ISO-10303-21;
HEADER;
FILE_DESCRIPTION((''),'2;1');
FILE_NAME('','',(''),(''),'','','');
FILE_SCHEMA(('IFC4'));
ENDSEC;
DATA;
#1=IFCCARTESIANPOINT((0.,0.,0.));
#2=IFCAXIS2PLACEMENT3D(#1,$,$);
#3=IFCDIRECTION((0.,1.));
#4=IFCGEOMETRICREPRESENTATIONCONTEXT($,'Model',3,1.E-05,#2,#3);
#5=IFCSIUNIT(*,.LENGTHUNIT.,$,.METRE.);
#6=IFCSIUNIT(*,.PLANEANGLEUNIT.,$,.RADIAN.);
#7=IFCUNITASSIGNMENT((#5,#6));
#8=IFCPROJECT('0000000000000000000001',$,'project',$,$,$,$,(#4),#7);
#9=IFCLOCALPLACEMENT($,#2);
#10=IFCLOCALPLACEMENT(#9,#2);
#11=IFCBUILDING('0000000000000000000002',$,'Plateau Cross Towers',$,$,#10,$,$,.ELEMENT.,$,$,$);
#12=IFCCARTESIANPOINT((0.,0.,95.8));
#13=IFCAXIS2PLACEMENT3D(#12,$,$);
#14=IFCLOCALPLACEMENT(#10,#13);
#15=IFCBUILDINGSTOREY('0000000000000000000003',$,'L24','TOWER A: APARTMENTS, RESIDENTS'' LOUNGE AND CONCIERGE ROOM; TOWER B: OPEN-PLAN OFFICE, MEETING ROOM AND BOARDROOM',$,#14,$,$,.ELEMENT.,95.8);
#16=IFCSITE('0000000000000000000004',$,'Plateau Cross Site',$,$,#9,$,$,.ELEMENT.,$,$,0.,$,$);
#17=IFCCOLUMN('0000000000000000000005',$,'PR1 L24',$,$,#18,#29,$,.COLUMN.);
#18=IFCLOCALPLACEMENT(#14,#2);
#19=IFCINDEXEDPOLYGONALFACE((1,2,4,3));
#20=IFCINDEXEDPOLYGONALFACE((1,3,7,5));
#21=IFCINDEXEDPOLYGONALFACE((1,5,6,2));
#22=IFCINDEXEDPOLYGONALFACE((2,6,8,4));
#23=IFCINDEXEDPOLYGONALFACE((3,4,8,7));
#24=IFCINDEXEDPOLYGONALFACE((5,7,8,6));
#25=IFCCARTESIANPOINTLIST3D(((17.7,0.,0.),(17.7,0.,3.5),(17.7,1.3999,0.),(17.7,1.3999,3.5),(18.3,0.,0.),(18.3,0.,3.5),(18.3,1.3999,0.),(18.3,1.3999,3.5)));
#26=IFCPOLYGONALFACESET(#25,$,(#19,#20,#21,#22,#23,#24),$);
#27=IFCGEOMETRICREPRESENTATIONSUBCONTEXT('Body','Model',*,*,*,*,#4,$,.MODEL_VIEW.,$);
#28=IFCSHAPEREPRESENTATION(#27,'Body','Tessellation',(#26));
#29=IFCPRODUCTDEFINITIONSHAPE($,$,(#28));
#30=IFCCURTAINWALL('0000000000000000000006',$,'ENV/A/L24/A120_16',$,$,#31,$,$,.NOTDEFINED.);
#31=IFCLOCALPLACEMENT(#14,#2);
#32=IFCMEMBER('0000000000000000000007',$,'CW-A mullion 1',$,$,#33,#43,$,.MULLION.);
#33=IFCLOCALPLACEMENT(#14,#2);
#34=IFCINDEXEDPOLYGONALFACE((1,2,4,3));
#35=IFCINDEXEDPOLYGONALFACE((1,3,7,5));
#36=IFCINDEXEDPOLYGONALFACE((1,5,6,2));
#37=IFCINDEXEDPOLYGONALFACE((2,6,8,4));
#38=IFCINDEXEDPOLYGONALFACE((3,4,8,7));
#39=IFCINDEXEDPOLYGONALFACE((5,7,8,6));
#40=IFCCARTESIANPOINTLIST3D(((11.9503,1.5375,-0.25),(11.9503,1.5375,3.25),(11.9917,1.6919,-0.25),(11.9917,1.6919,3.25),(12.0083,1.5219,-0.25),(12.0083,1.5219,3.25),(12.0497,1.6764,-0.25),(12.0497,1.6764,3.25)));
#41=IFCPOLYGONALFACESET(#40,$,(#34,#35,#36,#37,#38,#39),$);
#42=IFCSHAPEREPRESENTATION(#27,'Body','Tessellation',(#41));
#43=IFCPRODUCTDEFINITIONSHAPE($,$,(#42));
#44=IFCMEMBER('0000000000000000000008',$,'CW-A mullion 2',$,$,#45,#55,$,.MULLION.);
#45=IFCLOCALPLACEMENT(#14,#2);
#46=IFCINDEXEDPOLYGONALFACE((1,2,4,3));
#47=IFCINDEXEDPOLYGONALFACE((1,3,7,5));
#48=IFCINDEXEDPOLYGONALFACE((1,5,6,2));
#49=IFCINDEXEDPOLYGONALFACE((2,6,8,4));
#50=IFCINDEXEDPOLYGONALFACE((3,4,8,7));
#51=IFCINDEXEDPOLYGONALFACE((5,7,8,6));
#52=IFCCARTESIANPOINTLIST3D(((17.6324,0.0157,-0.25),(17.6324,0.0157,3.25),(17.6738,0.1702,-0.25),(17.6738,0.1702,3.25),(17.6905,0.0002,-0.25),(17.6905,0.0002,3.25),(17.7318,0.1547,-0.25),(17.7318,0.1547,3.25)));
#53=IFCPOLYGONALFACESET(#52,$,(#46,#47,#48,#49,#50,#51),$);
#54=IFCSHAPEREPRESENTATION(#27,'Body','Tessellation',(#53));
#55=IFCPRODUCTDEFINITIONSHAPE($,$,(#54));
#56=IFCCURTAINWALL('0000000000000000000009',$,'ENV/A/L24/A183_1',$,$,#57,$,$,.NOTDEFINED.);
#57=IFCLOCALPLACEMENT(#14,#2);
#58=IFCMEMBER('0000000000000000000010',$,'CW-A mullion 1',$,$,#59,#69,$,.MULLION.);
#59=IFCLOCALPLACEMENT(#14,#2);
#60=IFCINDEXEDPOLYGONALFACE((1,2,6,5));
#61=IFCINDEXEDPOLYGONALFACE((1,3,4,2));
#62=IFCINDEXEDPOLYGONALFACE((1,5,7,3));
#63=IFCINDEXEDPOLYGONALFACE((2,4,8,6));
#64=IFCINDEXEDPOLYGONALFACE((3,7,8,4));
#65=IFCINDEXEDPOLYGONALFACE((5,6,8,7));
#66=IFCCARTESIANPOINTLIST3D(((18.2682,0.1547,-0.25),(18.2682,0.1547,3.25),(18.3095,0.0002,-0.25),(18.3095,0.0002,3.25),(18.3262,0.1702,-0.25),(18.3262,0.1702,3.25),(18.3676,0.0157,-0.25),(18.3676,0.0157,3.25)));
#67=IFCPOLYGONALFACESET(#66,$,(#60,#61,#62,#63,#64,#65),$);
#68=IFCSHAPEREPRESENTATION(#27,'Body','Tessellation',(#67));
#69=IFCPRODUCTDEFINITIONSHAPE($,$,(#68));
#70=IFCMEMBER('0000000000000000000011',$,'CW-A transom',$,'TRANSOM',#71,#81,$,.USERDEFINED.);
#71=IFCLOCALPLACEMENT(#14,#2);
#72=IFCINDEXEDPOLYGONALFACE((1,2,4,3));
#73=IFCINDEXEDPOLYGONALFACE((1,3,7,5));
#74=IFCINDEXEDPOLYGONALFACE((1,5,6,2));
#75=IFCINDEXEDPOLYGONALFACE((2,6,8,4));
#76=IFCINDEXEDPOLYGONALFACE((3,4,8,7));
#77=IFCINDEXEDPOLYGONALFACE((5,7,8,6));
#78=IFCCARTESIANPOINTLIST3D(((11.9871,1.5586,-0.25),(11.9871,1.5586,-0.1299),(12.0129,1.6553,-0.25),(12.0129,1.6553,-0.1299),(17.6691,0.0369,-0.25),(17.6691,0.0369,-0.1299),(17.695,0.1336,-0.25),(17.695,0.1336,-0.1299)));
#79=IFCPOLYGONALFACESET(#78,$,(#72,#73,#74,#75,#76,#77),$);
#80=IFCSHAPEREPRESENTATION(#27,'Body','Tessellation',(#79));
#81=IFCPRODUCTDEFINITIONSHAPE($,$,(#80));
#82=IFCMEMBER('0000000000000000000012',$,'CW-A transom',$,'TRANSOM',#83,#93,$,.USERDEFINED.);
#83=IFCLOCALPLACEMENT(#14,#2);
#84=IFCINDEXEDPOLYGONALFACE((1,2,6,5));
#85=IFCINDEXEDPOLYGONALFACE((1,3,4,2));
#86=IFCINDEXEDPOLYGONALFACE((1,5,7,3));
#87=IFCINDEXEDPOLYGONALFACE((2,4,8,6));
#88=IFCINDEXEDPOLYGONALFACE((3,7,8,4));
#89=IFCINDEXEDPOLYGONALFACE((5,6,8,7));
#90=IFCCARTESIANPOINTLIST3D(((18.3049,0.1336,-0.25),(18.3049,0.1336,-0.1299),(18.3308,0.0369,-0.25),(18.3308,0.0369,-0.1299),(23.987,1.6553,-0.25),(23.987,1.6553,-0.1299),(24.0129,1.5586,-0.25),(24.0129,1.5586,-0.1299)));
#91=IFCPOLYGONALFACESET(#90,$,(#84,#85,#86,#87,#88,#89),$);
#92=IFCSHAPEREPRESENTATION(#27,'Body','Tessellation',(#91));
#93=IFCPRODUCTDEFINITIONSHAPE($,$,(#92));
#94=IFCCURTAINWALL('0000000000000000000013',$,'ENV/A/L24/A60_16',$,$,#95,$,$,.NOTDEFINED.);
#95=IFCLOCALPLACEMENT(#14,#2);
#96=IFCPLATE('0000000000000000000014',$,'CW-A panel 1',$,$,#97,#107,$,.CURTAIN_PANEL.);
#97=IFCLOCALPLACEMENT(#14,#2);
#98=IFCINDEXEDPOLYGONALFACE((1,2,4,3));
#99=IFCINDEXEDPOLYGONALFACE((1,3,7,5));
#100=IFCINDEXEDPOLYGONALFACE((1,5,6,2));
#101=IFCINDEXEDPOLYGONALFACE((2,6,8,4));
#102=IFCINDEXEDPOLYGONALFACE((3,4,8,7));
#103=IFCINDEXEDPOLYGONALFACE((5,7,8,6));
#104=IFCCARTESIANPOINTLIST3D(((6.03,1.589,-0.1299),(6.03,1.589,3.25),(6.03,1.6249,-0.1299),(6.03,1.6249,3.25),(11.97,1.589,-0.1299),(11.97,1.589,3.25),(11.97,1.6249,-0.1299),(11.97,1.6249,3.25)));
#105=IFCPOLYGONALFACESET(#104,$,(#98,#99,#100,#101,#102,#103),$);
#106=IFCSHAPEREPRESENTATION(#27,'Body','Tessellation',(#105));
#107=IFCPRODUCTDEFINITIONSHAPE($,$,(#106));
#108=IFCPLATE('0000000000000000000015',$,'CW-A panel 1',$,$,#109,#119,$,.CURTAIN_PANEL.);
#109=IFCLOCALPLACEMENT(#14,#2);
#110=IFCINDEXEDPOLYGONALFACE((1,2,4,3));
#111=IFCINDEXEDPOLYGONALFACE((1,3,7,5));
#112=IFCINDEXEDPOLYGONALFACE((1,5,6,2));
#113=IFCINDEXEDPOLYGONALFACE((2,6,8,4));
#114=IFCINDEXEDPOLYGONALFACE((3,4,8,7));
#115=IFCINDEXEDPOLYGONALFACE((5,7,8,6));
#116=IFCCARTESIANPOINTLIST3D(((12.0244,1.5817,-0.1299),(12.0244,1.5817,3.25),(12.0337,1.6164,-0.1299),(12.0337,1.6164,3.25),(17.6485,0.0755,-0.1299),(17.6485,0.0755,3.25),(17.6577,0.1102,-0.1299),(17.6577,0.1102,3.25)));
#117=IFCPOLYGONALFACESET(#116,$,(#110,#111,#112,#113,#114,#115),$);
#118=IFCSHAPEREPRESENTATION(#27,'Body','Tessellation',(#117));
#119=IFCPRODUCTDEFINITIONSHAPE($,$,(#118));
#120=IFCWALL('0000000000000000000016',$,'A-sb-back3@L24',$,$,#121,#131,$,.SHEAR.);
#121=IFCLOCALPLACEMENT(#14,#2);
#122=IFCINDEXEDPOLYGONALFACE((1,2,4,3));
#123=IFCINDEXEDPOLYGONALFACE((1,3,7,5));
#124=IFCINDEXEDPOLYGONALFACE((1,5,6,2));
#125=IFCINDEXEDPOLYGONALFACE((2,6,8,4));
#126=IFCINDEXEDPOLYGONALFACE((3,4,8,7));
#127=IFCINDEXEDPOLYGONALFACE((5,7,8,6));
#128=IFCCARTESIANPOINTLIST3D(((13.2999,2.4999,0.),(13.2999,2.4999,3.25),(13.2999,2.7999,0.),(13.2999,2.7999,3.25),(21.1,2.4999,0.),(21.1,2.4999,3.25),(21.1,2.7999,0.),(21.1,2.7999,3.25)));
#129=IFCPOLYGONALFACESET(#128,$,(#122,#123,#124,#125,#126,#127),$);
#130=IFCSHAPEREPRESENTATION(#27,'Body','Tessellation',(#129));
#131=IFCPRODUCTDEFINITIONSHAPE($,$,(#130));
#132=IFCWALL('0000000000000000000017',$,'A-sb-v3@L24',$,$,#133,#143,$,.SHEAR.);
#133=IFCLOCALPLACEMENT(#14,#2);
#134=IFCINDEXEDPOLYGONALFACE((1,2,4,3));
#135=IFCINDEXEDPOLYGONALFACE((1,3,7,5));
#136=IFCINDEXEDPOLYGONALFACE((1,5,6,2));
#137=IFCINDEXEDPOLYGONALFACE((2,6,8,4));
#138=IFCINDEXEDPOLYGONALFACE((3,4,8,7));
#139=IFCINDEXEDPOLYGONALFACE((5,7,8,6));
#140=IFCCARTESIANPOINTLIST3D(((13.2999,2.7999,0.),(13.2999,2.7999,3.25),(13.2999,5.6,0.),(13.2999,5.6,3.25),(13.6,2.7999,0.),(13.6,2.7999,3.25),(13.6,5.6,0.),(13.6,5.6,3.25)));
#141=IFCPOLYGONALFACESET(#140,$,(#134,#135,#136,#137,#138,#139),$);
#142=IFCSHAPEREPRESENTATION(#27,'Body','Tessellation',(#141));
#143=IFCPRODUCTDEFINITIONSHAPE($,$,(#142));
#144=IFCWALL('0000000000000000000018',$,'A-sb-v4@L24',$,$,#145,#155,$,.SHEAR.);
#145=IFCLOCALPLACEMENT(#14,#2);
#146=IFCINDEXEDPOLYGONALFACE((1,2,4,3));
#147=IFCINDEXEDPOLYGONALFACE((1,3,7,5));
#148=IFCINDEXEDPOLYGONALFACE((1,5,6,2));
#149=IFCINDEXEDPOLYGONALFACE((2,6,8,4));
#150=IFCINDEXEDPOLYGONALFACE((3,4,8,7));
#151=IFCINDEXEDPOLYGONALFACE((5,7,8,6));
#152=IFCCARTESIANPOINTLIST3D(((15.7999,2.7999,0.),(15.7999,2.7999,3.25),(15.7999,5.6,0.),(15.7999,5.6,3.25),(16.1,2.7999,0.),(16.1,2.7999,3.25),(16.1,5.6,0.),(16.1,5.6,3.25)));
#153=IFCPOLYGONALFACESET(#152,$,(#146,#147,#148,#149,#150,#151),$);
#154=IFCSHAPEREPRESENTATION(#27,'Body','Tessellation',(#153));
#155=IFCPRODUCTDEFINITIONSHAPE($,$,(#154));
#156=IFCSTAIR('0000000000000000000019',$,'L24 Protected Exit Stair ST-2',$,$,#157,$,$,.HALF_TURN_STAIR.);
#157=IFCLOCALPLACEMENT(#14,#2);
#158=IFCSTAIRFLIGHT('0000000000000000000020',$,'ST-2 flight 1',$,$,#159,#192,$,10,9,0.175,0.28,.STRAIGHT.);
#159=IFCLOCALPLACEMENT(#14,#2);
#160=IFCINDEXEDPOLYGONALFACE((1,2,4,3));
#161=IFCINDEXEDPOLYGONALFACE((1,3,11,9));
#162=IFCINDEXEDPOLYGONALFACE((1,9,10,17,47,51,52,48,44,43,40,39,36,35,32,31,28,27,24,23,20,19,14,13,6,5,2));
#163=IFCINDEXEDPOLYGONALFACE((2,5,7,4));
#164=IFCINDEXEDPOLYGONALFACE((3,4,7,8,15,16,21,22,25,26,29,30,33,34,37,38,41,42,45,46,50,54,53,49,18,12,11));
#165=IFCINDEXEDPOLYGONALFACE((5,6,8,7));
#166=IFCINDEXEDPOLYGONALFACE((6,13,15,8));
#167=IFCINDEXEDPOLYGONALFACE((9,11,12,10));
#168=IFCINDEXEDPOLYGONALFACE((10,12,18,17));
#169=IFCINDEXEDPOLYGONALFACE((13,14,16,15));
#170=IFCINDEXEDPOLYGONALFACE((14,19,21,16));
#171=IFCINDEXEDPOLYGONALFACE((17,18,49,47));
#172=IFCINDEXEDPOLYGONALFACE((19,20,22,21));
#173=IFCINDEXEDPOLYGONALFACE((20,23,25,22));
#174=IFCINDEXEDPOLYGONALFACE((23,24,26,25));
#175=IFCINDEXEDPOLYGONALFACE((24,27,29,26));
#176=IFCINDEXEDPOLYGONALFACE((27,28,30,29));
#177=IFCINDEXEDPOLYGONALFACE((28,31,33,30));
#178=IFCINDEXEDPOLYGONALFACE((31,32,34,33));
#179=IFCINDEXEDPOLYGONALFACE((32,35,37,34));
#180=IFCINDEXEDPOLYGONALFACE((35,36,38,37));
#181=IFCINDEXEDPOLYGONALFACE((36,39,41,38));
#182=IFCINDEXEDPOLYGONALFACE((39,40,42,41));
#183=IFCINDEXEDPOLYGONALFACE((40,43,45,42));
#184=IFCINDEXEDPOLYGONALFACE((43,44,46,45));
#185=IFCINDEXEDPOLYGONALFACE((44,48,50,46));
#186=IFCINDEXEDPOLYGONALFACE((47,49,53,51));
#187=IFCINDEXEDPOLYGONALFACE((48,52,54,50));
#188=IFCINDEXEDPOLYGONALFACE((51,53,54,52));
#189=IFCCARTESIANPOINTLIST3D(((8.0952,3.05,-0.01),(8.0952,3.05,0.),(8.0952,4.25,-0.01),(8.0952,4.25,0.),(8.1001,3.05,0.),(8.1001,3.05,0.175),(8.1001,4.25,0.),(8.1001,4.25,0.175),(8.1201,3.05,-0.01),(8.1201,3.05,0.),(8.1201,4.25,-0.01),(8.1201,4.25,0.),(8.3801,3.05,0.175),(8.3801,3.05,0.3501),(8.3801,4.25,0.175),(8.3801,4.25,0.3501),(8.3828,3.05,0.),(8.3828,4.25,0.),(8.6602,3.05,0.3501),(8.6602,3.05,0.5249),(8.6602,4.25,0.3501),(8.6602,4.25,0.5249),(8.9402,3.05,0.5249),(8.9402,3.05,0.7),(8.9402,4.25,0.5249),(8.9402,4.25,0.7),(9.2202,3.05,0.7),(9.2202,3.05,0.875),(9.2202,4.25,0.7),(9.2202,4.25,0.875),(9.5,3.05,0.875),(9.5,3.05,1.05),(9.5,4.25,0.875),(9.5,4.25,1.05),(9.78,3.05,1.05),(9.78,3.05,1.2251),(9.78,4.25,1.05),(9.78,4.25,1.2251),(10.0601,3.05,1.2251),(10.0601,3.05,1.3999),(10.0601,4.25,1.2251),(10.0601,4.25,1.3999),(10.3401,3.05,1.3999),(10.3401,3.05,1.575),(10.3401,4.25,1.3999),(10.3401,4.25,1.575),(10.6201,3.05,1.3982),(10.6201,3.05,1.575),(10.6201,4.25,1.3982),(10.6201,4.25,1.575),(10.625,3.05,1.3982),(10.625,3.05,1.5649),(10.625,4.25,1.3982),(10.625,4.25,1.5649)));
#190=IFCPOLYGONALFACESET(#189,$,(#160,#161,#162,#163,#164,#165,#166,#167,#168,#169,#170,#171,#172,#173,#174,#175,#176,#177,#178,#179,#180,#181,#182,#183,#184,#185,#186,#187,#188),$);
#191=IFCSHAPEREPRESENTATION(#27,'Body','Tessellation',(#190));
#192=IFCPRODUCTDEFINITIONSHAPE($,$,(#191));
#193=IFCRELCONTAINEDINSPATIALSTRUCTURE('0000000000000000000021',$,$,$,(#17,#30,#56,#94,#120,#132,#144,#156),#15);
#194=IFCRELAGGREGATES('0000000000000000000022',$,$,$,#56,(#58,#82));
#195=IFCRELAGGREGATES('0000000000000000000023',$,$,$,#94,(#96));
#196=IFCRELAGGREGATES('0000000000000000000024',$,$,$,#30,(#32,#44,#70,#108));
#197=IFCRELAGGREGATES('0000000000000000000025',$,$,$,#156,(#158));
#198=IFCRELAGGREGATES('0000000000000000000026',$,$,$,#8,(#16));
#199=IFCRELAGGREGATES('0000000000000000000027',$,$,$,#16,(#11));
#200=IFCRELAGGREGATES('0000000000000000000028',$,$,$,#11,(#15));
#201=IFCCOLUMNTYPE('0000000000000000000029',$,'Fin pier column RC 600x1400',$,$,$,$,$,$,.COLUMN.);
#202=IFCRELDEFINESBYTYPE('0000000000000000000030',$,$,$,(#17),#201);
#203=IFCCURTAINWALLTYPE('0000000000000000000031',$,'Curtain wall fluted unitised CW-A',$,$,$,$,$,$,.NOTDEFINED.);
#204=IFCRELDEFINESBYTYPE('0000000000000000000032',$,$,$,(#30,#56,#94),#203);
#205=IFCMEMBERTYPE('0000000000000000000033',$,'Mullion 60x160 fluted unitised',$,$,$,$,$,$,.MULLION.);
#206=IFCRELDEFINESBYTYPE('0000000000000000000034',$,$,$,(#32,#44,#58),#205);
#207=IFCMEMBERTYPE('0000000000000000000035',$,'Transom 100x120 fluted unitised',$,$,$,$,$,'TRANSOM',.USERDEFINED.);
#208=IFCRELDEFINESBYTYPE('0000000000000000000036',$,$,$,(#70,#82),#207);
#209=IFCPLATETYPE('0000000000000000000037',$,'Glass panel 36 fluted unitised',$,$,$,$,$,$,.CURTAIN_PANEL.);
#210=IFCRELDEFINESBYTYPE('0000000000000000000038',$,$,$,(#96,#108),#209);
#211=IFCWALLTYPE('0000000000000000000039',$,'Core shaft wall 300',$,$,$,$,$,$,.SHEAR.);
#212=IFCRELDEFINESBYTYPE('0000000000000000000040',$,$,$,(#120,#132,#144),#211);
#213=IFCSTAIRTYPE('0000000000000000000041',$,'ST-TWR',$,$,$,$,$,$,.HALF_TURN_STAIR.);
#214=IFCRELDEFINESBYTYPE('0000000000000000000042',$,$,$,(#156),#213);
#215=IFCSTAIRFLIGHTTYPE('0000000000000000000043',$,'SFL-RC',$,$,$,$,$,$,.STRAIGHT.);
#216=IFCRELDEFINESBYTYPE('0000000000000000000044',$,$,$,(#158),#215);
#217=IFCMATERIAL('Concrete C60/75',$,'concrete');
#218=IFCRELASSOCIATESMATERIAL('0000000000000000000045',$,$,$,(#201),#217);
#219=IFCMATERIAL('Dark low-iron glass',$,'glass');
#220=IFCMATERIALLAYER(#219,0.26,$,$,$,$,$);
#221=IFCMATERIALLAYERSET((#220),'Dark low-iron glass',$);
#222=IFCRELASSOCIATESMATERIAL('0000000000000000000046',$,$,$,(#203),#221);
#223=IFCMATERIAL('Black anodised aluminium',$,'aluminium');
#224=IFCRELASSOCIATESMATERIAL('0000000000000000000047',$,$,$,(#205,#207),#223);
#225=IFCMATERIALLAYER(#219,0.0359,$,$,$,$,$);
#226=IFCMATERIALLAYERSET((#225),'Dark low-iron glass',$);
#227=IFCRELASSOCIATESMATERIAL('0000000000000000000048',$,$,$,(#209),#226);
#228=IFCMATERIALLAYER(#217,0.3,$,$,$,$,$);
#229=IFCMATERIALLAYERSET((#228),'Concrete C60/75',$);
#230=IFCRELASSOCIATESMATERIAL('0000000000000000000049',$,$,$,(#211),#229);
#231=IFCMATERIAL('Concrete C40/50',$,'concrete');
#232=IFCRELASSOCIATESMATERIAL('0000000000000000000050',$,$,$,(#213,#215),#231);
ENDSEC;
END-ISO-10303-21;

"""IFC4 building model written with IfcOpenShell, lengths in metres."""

from ifc_helpers import new_model, si_unit, direction, frame, frame_2d, origin, origin_2d, place, context, subcontext, project, spatial, polyline, rectangle, outline, extrude, material, layer, layer_set, material_profile, profile_set, type_object, element, aggregate, save


model = new_model("IFC4")

# Units and contexts
model_context = context("Model", 3, precision=1e-05, world=origin(), true_north=direction((0.0, 1.0)))
body_context = subcontext(model_context, "Body", "Model", "MODEL_VIEW")
ifc_project = project(units=[si_unit("LENGTHUNIT", "METRE"), si_unit("PLANEANGLEUNIT", "RADIAN")], contexts=[model_context])

# Site, building, storey
site_placement = place(None, origin())
site = spatial("IfcSite", under=ifc_project, at=site_placement, Name="Plateau Cross Site", CompositionType="ELEMENT", RefElevation=0.0)
building_placement = place(site_placement, origin())
building = spatial("IfcBuilding", under=site, at=building_placement, Name="Plateau Cross Towers", CompositionType="ELEMENT")
storey_placement = place(building_placement, frame((0.0, 0.0, 95.8)))
storey = spatial("IfcBuildingStorey", under=building, at=storey_placement, Name="L24", Description="TOWER A: APARTMENTS, RESIDENTS' LOUNGE AND CONCIERGE ROOM; TOWER B: OPEN-PLAN OFFICE, MEETING ROOM AND BOARDROOM", CompositionType="ELEMENT", Elevation=95.8)

# Column
ifc_material_1 = material(Name="Concrete C60/75", Category="concrete")
ifc_material_profile_1 = material_profile(ifc_material_1, rectangle(XDim=0.6001, YDim=1.3999, at=origin_2d()), Name="RC 600x1400")
ifc_profile_set_1 = profile_set([ifc_material_profile_1], Name="Concrete C60/75")
column_type = type_object("IfcColumnType", Name="Fin pier column RC 600x1400", PredefinedType="COLUMN", material=ifc_profile_set_1)
column_placement = place(storey_placement, frame((18.0, 0.7, 0.0), z_axis=(0.0, 0.0, 1.0), x_axis=(1.0, 0.0, 0.0)))
element("IfcColumn", 1, at=column_placement, inside=storey, type_object=column_type, Name="PR1 L24", PredefinedType="COLUMN", context=body_context, shape_type="SweptSolid", body=[
    extrude(rectangle(XDim=0.6001, YDim=1.3999, at=origin_2d()), origin(), (0.0, 0.0, 1.0), 3.5),
])

# Curtain wall, members
ifc_material_2 = material(Name="Dark low-iron glass", Category="glass")
ifc_layer_1 = layer(ifc_material_2, 0.26)
ifc_layer_set_1 = layer_set([ifc_layer_1], Name="Dark low-iron glass")
curtain_wall_type = type_object("IfcCurtainWallType", Name="Curtain wall fluted unitised CW-A", PredefinedType="NOTDEFINED", material=ifc_layer_set_1)
curtain_wall_1_placement = place(storey_placement, origin())
curtain_wall_1 = element("IfcCurtainWall", 2, at=curtain_wall_1_placement, inside=storey, type_object=curtain_wall_type, Name="ENV/A/L24/A120_16", PredefinedType="NOTDEFINED")
ifc_material_3 = material(Name="Black anodised aluminium", Category="aluminium")
ifc_material_profile_2 = material_profile(ifc_material_3, rectangle(XDim=0.0601, YDim=0.1599, at=origin_2d()), Name="MULLION 60x160")
ifc_profile_set_2 = profile_set([ifc_material_profile_2], Name="Black anodised aluminium")
member_type_1 = type_object("IfcMemberType", Name="Mullion 60x160 fluted unitised", PredefinedType="MULLION", material=ifc_profile_set_2)
member_1_placement = place(storey_placement, frame((12.0, 1.6069, -0.25), z_axis=(0.0, 0.0, 1.0), x_axis=(0.965958, -0.258699, 0.0)))
member_1 = element("IfcMember", 3, at=member_1_placement, type_object=member_type_1, Name="CW-A mullion 1", PredefinedType="MULLION", context=body_context, shape_type="SweptSolid", body=[
    extrude(rectangle(XDim=0.0601, YDim=0.1599, at=origin_2d()), origin(), (0.0, 0.0, 1.0), 3.5),
])
member_2_placement = place(storey_placement, frame((17.6821, 0.0852, -0.25), z_axis=(0.0, 0.0, 1.0), x_axis=(0.965958, -0.258699, 0.0)))
member_2 = element("IfcMember", 4, at=member_2_placement, type_object=member_type_1, Name="CW-A mullion 2", PredefinedType="MULLION", context=body_context, shape_type="SweptSolid", body=[
    extrude(rectangle(XDim=0.0601, YDim=0.1599, at=origin_2d()), origin(), (0.0, 0.0, 1.0), 3.5),
])

# Curtain wall, member
curtain_wall_2_placement = place(storey_placement, origin())
curtain_wall_2 = element("IfcCurtainWall", 5, at=curtain_wall_2_placement, inside=storey, type_object=curtain_wall_type, Name="ENV/A/L24/A183_1", PredefinedType="NOTDEFINED")
member_3_placement = place(storey_placement, frame((18.3179, 0.0852, -0.25), z_axis=(0.0, 0.0, 1.0), x_axis=(0.965958, 0.258699, 0.0)))
member_3 = element("IfcMember", 6, at=member_3_placement, type_object=member_type_1, Name="CW-A mullion 1", PredefinedType="MULLION", context=body_context, shape_type="SweptSolid", body=[
    extrude(rectangle(XDim=0.0601, YDim=0.1599, at=origin_2d()), origin(), (0.0, 0.0, 1.0), 3.5),
])

# Members
ifc_material_profile_3 = material_profile(ifc_material_3, rectangle(XDim=0.1001, YDim=0.1201, at=origin_2d()), Name="TRANSOM 100x120")
ifc_profile_set_3 = profile_set([ifc_material_profile_3], Name="Black anodised aluminium")
member_type_2 = type_object("IfcMemberType", Name="Transom 100x120 fluted unitised", ElementType="TRANSOM", PredefinedType="USERDEFINED", material=ifc_profile_set_3)
member_4_placement = place(storey_placement, frame((12.0, 1.6069, -0.1899), z_axis=(0.96596, -0.258693, 0.0), x_axis=(0.258693, 0.96596, 0.0)))
member_4 = element("IfcMember", 7, at=member_4_placement, type_object=member_type_2, Name="CW-A transom", ObjectType="TRANSOM", PredefinedType="USERDEFINED", context=body_context, shape_type="SweptSolid", body=[
    extrude(rectangle(XDim=0.1001, YDim=0.1201, at=origin_2d()), origin(), (0.0, 0.0, 1.0), 5.8823),
])
member_5_placement = place(storey_placement, frame((18.3179, 0.0852, -0.1899), z_axis=(0.96596, 0.258693, 0.0), x_axis=(-0.258693, 0.96596, 0.0)))
member_5 = element("IfcMember", 8, at=member_5_placement, type_object=member_type_2, Name="CW-A transom", ObjectType="TRANSOM", PredefinedType="USERDEFINED", context=body_context, shape_type="SweptSolid", body=[
    extrude(rectangle(XDim=0.1001, YDim=0.1201, at=origin_2d()), origin(), (0.0, 0.0, 1.0), 5.8823),
])
aggregate(curtain_wall_2, [member_3, member_5])

# Curtain wall, plate
curtain_wall_3_placement = place(storey_placement, origin())
curtain_wall_3 = element("IfcCurtainWall", 9, at=curtain_wall_3_placement, inside=storey, type_object=curtain_wall_type, Name="ENV/A/L24/A60_16", PredefinedType="NOTDEFINED")
ifc_layer_2 = layer(ifc_material_2, 0.0359)
ifc_layer_set_2 = layer_set([ifc_layer_2], Name="Dark low-iron glass")
plate_type = type_object("IfcPlateType", Name="Glass panel 36 fluted unitised", PredefinedType="CURTAIN_PANEL", material=ifc_layer_set_2)
plate_1_placement = place(storey_placement, frame((9.0, 1.6069, -0.1299), z_axis=(0.0, 0.0, 1.0), x_axis=(1.0, 0.0, 0.0)))
plate_1 = element("IfcPlate", 10, at=plate_1_placement, type_object=plate_type, Name="CW-A panel 1", PredefinedType="CURTAIN_PANEL", context=body_context, shape_type="SweptSolid", body=[
    extrude(rectangle(XDim=5.9399, YDim=0.0359, at=origin_2d()), origin(), (0.0, 0.0, 1.0), 3.3799),
])
aggregate(curtain_wall_3, [plate_1])

# Plate
plate_2_placement = place(storey_placement, frame((14.8411, 0.8459, -0.1299), z_axis=(0.0, 0.0, 1.0), x_axis=(0.965958, -0.258699, 0.0)))
plate_2 = element("IfcPlate", 11, at=plate_2_placement, type_object=plate_type, Name="CW-A panel 1", PredefinedType="CURTAIN_PANEL", context=body_context, shape_type="SweptSolid", body=[
    extrude(rectangle(XDim=5.8223, YDim=0.0359, at=origin_2d()), origin(), (0.0, 0.0, 1.0), 3.3799),
])
aggregate(curtain_wall_1, [member_1, member_2, member_4, plate_2])

# Walls
ifc_layer_3 = layer(ifc_material_1, 0.3)
ifc_layer_set_3 = layer_set([ifc_layer_3], Name="Concrete C60/75")
wall_type = type_object("IfcWallType", Name="Core shaft wall 300", PredefinedType="SHEAR", material=ifc_layer_set_3)
wall_placement = place(storey_placement, frame((13.3, 2.6499, 0.0), z_axis=(0.0, 0.0, 1.0), x_axis=(1.0, 0.0, 0.0)))
element("IfcWall", 12, at=wall_placement, inside=storey, type_object=wall_type, Name="A-sb-back3@L24", PredefinedType="SHEAR", context=body_context, shape_type="SweptSolid", body=[
    extrude(rectangle(XDim=7.8, YDim=0.3, at=frame_2d((3.8999, 0.0))), origin(), (0.0, 0.0, 1.0), 3.25),
])
for number, where, z_axis, x_axis, name in (
    (13, (13.45, 2.8, 0.0), (0.0, 0.0, 1.0), (0.0, 1.0, 0.0), "A-sb-v3@L24"),
    (14, (15.95, 2.8, 0.0), (0.0, 0.0, 1.0), (0.0, 1.0, 0.0), "A-sb-v4@L24"),
):
    element("IfcWall", number, at=place(storey_placement, frame(where, z_axis=z_axis, x_axis=x_axis)), inside=storey, type_object=wall_type, Name=name, PredefinedType="SHEAR", context=body_context, shape_type="SweptSolid", body=[
        extrude(rectangle(XDim=2.8, YDim=0.3, at=frame_2d((1.3999, 0.0))), origin(), (0.0, 0.0, 1.0), 3.25),
    ])

# Stair, stair flight
ifc_material_4 = material(Name="Concrete C40/50", Category="concrete")
stair_type = type_object("IfcStairType", Name="ST-TWR", PredefinedType="HALF_TURN_STAIR", material=ifc_material_4)
stair_placement = place(storey_placement, origin())
stair = element("IfcStair", 15, at=stair_placement, inside=storey, type_object=stair_type, Name="L24 Protected Exit Stair ST-2", PredefinedType="HALF_TURN_STAIR")
stair_flight_type = type_object("IfcStairFlightType", Name="SFL-RC", PredefinedType="STRAIGHT", material=ifc_material_4)
stair_flight_placement = place(storey_placement, frame((8.1001, 3.6499, 0.0), z_axis=(0.0, 0.0, 1.0), x_axis=(1.0, 0.0, 0.0)))
stair_flight = element("IfcStairFlight", 16, at=stair_flight_placement, type_object=stair_flight_type, Name="ST-2 flight 1", NumberOfRisers=10, NumberOfTreads=9, PredefinedType="STRAIGHT", RiserHeight=0.175, TreadLength=0.28, context=body_context, shape_type="SweptSolid", body=[
    extrude(outline(polyline([(-0.0049, -0.01), (-0.0049, 0.0), (0.0, 0.0), (0.0, 0.175), (0.28, 0.175), (0.28, 0.3501), (0.5601, 0.3501), (0.5601, 0.5249), (0.8401, 0.5249), (0.8401, 0.7), (1.1201, 0.7), (1.1201, 0.875), (1.3999, 0.875), (1.3999, 1.05), (1.6799, 1.05), (1.6799, 1.2251), (1.96, 1.2251), (1.96, 1.3999), (2.24, 1.3999), (2.24, 1.575), (2.52, 1.575), (2.5249, 1.5649), (2.5249, 1.3982), (2.52, 1.3982), (0.2827, 0.0), (0.02, 0.0), (0.02, -0.01), (-0.0049, -0.01)])), frame((0.0, 0.6001, 0.0), z_axis=(0.0, -1.0, 0.0), x_axis=(1.0, 0.0, 0.0)), (0.0, 0.0, 1.0), 1.2),
])
aggregate(stair, [stair_flight])

save(model, "model.ifc")
